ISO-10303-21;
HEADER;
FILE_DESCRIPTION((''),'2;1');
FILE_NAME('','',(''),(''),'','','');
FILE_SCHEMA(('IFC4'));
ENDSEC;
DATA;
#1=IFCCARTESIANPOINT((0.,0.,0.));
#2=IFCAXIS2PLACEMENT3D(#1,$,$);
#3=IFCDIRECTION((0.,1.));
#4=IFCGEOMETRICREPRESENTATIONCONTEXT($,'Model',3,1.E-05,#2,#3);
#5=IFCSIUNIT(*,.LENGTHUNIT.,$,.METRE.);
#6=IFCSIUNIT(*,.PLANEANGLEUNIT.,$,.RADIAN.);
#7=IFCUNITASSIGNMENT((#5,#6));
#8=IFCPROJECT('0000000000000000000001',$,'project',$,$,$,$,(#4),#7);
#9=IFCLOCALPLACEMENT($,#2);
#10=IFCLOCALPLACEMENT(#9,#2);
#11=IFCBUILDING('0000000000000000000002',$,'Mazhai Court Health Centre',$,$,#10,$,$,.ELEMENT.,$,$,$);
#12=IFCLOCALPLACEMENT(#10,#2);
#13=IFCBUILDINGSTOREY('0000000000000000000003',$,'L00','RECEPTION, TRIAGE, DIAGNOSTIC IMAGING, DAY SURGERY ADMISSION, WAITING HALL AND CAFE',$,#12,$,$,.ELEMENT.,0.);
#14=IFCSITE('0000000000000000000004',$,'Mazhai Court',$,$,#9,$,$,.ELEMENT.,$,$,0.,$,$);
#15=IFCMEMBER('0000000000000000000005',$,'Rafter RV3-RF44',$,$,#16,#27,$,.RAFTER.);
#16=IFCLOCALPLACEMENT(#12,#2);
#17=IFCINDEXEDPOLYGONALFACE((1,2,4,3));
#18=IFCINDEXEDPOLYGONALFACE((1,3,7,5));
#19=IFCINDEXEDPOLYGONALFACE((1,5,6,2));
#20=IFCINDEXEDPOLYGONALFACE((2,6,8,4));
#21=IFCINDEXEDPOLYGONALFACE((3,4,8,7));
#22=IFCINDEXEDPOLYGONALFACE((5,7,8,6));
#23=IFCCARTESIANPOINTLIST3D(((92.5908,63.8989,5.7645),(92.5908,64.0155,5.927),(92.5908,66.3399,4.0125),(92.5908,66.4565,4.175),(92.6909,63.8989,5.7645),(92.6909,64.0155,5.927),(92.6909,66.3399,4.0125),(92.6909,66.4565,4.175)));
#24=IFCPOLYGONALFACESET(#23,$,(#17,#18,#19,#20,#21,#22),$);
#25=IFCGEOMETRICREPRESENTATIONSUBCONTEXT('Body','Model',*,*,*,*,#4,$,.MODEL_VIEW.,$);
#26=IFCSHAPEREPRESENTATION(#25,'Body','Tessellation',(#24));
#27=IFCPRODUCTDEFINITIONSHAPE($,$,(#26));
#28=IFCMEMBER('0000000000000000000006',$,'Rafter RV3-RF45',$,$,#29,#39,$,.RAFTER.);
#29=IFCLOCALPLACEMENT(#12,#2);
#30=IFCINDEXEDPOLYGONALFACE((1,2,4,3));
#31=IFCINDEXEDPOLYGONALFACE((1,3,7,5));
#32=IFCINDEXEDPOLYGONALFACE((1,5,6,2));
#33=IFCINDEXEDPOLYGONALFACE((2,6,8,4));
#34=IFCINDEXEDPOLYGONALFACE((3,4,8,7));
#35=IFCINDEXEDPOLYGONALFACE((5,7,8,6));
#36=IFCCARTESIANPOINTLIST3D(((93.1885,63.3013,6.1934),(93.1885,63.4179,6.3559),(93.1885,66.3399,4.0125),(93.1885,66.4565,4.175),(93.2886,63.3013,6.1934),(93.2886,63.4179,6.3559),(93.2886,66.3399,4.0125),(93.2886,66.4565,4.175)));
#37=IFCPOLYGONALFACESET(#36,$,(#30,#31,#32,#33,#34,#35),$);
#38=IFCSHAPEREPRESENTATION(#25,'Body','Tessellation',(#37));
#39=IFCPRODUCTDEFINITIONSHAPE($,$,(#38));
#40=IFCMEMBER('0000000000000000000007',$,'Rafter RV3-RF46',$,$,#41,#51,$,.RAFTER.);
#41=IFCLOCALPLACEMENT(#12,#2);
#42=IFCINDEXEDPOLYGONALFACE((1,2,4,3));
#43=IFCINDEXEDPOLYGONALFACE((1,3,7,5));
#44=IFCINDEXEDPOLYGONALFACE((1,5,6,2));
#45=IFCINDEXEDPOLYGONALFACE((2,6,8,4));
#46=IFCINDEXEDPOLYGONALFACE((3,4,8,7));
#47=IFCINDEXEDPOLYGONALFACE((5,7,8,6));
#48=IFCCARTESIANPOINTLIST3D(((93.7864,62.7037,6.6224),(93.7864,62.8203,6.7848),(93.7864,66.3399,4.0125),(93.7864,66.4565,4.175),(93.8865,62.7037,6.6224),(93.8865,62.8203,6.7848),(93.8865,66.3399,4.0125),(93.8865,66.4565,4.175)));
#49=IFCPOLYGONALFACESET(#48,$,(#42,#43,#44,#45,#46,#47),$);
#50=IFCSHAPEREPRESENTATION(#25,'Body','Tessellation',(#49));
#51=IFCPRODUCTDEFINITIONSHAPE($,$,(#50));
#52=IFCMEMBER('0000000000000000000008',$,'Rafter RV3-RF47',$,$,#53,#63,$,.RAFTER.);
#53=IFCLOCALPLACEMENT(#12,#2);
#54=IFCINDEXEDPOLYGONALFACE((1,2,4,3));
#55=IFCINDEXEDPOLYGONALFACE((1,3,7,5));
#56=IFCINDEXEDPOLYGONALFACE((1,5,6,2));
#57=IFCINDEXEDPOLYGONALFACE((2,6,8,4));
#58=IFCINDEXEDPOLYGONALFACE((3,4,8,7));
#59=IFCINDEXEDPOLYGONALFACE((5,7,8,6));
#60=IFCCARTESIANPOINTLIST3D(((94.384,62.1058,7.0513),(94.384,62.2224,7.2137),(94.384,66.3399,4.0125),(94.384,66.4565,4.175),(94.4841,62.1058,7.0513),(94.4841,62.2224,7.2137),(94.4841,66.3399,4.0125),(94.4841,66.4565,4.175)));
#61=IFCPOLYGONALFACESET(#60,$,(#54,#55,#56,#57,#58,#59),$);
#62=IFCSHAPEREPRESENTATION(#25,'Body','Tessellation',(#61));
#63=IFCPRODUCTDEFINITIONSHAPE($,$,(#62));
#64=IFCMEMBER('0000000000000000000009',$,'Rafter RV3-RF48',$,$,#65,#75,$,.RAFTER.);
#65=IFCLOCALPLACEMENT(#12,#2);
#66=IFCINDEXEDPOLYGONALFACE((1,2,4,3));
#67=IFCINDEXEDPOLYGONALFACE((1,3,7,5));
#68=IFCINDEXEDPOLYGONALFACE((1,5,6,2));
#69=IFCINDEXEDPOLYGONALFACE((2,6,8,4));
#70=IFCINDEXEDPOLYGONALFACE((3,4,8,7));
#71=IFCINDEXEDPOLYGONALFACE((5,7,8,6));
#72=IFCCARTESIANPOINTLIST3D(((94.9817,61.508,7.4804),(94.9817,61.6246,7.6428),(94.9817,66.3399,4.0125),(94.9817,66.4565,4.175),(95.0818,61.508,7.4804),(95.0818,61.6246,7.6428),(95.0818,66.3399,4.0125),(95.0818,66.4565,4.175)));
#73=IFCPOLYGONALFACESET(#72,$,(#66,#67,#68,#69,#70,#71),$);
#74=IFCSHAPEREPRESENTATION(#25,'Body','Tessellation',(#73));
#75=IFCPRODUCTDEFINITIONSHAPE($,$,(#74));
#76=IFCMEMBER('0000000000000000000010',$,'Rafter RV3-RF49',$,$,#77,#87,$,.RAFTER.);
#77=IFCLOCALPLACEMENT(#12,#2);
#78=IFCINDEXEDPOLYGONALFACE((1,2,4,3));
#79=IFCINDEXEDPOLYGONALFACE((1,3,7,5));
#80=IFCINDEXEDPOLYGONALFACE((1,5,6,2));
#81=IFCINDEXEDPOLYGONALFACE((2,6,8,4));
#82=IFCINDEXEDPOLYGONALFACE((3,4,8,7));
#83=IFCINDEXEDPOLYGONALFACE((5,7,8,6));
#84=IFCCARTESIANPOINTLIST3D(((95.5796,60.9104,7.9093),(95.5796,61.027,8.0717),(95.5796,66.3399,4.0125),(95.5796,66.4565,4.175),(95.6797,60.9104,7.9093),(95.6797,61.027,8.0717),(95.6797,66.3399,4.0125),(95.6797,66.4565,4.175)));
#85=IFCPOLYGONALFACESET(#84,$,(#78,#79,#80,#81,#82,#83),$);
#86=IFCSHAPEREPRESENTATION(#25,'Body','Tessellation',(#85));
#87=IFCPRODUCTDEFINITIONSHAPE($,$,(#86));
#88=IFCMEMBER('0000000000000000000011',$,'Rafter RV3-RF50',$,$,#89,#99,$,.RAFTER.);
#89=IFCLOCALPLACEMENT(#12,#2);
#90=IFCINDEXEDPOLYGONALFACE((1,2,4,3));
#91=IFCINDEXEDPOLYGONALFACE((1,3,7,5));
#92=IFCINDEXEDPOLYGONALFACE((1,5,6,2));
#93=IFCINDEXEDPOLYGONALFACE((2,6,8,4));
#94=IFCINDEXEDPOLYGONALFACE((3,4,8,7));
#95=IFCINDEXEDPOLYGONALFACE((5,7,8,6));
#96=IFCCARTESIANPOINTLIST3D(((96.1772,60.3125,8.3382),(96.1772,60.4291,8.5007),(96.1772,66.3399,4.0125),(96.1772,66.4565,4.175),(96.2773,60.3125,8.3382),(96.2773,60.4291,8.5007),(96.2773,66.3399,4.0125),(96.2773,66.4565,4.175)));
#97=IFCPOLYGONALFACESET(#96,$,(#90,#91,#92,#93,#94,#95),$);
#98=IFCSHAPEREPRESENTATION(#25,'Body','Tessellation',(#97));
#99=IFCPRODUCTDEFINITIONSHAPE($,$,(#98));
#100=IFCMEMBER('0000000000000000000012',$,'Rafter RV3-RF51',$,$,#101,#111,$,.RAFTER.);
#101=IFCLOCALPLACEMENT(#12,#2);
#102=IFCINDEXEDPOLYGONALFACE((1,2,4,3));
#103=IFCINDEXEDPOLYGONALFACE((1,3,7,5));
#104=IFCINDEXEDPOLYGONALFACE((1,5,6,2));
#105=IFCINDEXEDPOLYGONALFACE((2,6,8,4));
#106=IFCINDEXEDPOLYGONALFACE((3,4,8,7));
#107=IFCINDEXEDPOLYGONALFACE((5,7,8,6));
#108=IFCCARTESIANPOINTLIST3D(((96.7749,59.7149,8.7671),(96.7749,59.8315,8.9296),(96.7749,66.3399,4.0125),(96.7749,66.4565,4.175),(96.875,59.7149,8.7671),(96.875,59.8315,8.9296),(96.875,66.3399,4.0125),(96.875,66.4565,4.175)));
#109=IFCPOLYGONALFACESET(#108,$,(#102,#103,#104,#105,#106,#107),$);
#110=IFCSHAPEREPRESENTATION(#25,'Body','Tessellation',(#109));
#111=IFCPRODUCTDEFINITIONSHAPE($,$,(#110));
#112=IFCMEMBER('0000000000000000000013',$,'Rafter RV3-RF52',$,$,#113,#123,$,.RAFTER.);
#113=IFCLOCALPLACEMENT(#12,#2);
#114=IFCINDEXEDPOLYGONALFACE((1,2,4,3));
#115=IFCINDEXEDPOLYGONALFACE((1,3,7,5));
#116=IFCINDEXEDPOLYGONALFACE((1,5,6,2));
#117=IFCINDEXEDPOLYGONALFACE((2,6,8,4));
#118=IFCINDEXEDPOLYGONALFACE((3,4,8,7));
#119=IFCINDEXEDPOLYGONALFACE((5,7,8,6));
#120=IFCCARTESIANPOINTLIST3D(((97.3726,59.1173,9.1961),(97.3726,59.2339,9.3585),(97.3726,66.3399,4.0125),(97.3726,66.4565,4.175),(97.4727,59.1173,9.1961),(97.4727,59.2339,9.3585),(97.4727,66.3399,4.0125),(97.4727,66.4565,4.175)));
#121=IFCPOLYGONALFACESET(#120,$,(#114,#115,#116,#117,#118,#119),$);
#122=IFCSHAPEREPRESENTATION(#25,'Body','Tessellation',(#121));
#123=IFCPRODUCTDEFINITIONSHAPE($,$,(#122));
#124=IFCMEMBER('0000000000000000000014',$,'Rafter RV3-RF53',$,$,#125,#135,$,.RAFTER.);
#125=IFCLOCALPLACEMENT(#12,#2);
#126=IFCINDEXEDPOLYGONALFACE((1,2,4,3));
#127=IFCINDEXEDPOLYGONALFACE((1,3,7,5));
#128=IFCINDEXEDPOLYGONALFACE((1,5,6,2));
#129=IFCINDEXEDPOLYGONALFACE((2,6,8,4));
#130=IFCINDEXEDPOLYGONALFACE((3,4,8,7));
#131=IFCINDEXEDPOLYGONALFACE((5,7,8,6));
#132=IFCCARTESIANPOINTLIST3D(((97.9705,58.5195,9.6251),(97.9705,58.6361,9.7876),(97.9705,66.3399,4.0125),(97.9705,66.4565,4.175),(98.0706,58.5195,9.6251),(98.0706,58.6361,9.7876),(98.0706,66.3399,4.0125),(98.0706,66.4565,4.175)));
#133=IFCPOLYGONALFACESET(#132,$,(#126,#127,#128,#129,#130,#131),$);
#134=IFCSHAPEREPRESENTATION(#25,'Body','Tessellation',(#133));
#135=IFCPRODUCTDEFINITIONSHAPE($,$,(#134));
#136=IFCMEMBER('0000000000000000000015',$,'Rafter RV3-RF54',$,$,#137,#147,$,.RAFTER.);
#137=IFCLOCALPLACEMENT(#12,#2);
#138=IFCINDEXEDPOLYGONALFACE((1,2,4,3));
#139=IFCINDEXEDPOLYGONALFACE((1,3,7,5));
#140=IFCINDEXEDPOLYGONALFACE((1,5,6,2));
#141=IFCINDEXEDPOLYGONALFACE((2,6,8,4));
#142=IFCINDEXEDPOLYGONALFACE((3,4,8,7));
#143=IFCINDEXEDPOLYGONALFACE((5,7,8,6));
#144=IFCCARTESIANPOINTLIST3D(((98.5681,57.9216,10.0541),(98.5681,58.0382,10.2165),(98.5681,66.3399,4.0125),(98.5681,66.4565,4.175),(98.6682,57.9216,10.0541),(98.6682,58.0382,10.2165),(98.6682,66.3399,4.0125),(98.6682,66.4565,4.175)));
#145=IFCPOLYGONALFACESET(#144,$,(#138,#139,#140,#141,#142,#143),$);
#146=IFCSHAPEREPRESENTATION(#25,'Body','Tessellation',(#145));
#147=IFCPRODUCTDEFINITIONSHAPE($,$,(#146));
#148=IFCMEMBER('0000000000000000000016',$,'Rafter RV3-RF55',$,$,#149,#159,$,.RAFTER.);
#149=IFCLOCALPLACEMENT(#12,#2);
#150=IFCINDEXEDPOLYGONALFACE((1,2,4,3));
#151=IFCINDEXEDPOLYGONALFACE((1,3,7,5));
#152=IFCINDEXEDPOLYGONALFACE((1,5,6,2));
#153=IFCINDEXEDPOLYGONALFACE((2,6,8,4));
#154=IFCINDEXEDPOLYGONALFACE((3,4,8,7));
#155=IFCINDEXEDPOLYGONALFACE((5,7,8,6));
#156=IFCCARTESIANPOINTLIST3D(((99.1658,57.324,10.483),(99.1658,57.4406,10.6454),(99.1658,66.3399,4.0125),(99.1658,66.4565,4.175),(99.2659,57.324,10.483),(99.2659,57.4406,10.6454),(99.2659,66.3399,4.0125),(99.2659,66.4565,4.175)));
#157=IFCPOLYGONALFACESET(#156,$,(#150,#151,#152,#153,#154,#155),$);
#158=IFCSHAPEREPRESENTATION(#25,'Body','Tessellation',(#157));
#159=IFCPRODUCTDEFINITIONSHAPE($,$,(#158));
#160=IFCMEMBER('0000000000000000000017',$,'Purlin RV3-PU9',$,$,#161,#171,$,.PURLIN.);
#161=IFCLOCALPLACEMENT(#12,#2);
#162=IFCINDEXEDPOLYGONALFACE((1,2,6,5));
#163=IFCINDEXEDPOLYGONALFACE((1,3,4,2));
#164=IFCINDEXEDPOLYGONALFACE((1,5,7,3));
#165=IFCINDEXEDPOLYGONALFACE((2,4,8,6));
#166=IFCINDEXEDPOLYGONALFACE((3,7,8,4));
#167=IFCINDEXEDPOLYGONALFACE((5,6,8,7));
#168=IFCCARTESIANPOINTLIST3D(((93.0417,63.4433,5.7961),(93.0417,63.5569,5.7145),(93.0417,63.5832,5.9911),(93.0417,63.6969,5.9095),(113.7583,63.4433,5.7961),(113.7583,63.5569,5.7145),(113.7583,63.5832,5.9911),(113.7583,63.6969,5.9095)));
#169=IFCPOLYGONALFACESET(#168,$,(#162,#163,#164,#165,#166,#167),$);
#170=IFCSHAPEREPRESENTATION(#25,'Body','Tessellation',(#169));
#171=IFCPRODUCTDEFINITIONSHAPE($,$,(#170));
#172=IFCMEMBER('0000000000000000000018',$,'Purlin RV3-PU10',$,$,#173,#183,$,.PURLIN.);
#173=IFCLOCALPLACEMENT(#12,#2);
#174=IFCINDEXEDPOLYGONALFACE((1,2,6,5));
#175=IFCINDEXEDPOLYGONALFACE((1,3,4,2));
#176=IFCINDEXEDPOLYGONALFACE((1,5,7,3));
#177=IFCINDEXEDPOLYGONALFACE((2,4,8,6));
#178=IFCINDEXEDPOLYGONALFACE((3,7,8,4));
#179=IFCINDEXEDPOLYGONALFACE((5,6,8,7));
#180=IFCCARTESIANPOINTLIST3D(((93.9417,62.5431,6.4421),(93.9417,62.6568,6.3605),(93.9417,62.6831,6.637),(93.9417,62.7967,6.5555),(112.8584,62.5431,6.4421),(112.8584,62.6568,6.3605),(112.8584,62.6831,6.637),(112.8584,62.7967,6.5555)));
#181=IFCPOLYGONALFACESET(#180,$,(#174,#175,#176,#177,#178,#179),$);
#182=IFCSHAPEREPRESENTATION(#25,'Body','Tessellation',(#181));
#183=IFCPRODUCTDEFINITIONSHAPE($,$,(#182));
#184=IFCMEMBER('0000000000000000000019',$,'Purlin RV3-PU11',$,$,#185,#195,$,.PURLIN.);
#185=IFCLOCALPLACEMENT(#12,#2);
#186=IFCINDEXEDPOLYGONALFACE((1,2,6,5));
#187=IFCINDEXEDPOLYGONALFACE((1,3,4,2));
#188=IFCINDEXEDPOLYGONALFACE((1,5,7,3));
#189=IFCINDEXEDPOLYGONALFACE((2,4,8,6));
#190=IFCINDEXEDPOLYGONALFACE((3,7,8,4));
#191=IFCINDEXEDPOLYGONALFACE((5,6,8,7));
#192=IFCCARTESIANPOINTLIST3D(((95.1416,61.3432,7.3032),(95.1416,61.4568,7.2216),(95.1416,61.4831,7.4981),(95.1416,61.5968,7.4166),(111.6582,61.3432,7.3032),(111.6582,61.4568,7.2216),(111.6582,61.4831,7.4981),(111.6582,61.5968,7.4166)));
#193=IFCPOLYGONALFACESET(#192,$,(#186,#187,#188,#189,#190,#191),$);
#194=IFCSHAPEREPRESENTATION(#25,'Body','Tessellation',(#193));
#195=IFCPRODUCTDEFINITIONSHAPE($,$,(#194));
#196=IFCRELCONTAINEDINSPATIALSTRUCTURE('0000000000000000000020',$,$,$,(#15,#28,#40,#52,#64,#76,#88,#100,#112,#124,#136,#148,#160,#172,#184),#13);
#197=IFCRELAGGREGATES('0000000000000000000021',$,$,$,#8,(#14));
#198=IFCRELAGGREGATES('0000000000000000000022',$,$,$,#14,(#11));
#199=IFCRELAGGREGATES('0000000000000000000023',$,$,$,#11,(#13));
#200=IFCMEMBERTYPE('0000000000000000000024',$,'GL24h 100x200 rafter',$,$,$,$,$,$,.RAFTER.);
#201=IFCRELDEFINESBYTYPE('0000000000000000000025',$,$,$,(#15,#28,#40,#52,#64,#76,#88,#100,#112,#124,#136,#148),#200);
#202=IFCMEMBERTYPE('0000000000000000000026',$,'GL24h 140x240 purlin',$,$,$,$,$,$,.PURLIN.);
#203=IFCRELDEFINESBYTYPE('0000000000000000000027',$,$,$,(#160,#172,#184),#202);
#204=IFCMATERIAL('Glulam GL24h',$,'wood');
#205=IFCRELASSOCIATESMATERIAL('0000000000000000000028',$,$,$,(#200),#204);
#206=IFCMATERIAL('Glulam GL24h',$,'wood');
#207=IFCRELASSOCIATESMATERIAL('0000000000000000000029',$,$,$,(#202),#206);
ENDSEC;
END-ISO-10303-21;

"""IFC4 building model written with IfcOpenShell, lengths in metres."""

from ifc_helpers import new_model, si_unit, direction, frame, origin, origin_2d, place, context, subcontext, project, spatial, rectangle, extrude, material, material_profile, profile_set, type_object, element, save


model = new_model("IFC4")

# Units and contexts
model_context = context("Model", 3, precision=1e-05, world=origin(), true_north=direction((0.0, 1.0)))
body_context = subcontext(model_context, "Body", "Model", "MODEL_VIEW")
ifc_project = project(units=[si_unit("LENGTHUNIT", "METRE"), si_unit("PLANEANGLEUNIT", "RADIAN")], contexts=[model_context])

# Site, building, storey
site_placement = place(None, origin())
site = spatial("IfcSite", under=ifc_project, at=site_placement, Name="Mazhai Court", CompositionType="ELEMENT", RefElevation=0.0)
building_placement = place(site_placement, origin())
building = spatial("IfcBuilding", under=site, at=building_placement, Name="Mazhai Court Health Centre", CompositionType="ELEMENT")
storey_placement = place(building_placement, origin())
storey = spatial("IfcBuildingStorey", under=building, at=storey_placement, Name="L00", Description="RECEPTION, TRIAGE, DIAGNOSTIC IMAGING, DAY SURGERY ADMISSION, WAITING HALL AND CAFE", CompositionType="ELEMENT", Elevation=0.0)

# Members
ifc_material_1 = material(Name="Glulam GL24h", Category="wood")
ifc_material_profile_1 = material_profile(ifc_material_1, rectangle(XDim=0.1001, YDim=0.2, at=origin_2d()), Name="GL24h 100x200")
ifc_profile_set_1 = profile_set([ifc_material_profile_1], Name="Glulam GL24h")
member_type_1 = type_object("IfcMemberType", Name="GL24h 100x200 rafter", PredefinedType="RAFTER", material=ifc_profile_set_1)
member_1_placement = place(storey_placement, frame((92.6409, 66.3982, 4.0938), z_axis=(0.0, -0.812403, 0.583097), x_axis=(1.0, 0.0, 0.0)))
element("IfcMember", 1, at=member_1_placement, inside=storey, type_object=member_type_1, Name="Rafter RV3-RF44", PredefinedType="RAFTER", context=body_context, shape_type="SweptSolid", body=[
    extrude(rectangle(XDim=0.1001, YDim=0.2, at=origin_2d()), origin(), (0.0, 0.0, 1.0), 3.0046),
])
member_2_placement = place(storey_placement, frame((93.2385, 66.3982, 4.0938), z_axis=(0.0, -0.812404, 0.583095), x_axis=(1.0, 0.0, 0.0)))
element("IfcMember", 2, at=member_2_placement, inside=storey, type_object=member_type_1, Name="Rafter RV3-RF45", PredefinedType="RAFTER", context=body_context, shape_type="SweptSolid", body=[
    extrude(rectangle(XDim=0.1001, YDim=0.2, at=origin_2d()), origin(), (0.0, 0.0, 1.0), 3.7402),
])
member_3_placement = place(storey_placement, frame((93.8364, 66.3982, 4.0938), z_axis=(0.0, -0.812405, 0.583094), x_axis=(1.0, 0.0, 0.0)))
element("IfcMember", 3, at=member_3_placement, inside=storey, type_object=member_type_1, Name="Rafter RV3-RF46", PredefinedType="RAFTER", context=body_context, shape_type="SweptSolid", body=[
    extrude(rectangle(XDim=0.1001, YDim=0.2, at=origin_2d()), origin(), (0.0, 0.0, 1.0), 4.4758),
])
member_4_placement = place(storey_placement, frame((94.4341, 66.3982, 4.0938), z_axis=(0.0, -0.812421, 0.583071), x_axis=(1.0, 0.0, 0.0)))
element("IfcMember", 4, at=member_4_placement, inside=storey, type_object=member_type_1, Name="Rafter RV3-RF47", PredefinedType="RAFTER", context=body_context, shape_type="SweptSolid", body=[
    extrude(rectangle(XDim=0.1001, YDim=0.2, at=origin_2d()), origin(), (0.0, 0.0, 1.0), 5.2117),
])
member_5_placement = place(storey_placement, frame((95.0317, 66.3982, 4.0938), z_axis=(0.0, -0.812419, 0.583073), x_axis=(1.0, 0.0, 0.0)))
element("IfcMember", 5, at=member_5_placement, inside=storey, type_object=member_type_1, Name="Rafter RV3-RF48", PredefinedType="RAFTER", context=body_context, shape_type="SweptSolid", body=[
    extrude(rectangle(XDim=0.1001, YDim=0.2, at=origin_2d()), origin(), (0.0, 0.0, 1.0), 5.9475),
])
member_6_placement = place(storey_placement, frame((95.6296, 66.3982, 4.0938), z_axis=(0.0, -0.812418, 0.583075), x_axis=(1.0, 0.0, 0.0)))
element("IfcMember", 6, at=member_6_placement, inside=storey, type_object=member_type_1, Name="Rafter RV3-RF49", PredefinedType="RAFTER", context=body_context, shape_type="SweptSolid", body=[
    extrude(rectangle(XDim=0.1001, YDim=0.2, at=origin_2d()), origin(), (0.0, 0.0, 1.0), 6.6831),
])
member_7_placement = place(storey_placement, frame((96.2273, 66.3982, 4.0938), z_axis=(0.0, -0.812428, 0.583061), x_axis=(1.0, 0.0, 0.0)))
element("IfcMember", 7, at=member_7_placement, inside=storey, type_object=member_type_1, Name="Rafter RV3-RF50", PredefinedType="RAFTER", context=body_context, shape_type="SweptSolid", body=[
    extrude(rectangle(XDim=0.1001, YDim=0.2, at=origin_2d()), origin(), (0.0, 0.0, 1.0), 7.4189),
])
member_8_placement = place(storey_placement, frame((96.825, 66.3982, 4.0938), z_axis=(0.0, -0.812427, 0.583063), x_axis=(1.0, 0.0, 0.0)))
element("IfcMember", 8, at=member_8_placement, inside=storey, type_object=member_type_1, Name="Rafter RV3-RF51", PredefinedType="RAFTER", context=body_context, shape_type="SweptSolid", body=[
    extrude(rectangle(XDim=0.1001, YDim=0.2, at=origin_2d()), origin(), (0.0, 0.0, 1.0), 8.1545),
])
member_9_placement = place(storey_placement, frame((97.4226, 66.3982, 4.0938), z_axis=(0.0, -0.812425, 0.583066), x_axis=(1.0, 0.0, 0.0)))
element("IfcMember", 9, at=member_9_placement, inside=storey, type_object=member_type_1, Name="Rafter RV3-RF52", PredefinedType="RAFTER", context=body_context, shape_type="SweptSolid", body=[
    extrude(rectangle(XDim=0.1001, YDim=0.2, at=origin_2d()), origin(), (0.0, 0.0, 1.0), 8.8901),
])
member_10_placement = place(storey_placement, frame((98.0205, 66.3982, 4.0938), z_axis=(0.0, -0.812424, 0.583067), x_axis=(1.0, 0.0, 0.0)))
element("IfcMember", 10, at=member_10_placement, inside=storey, type_object=member_type_1, Name="Rafter RV3-RF53", PredefinedType="RAFTER", context=body_context, shape_type="SweptSolid", body=[
    extrude(rectangle(XDim=0.1001, YDim=0.2, at=origin_2d()), origin(), (0.0, 0.0, 1.0), 9.626),
])
member_11_placement = place(storey_placement, frame((98.6182, 66.3982, 4.0938), z_axis=(0.0, -0.812431, 0.583058), x_axis=(1.0, 0.0, 0.0)))
element("IfcMember", 11, at=member_11_placement, inside=storey, type_object=member_type_1, Name="Rafter RV3-RF54", PredefinedType="RAFTER", context=body_context, shape_type="SweptSolid", body=[
    extrude(rectangle(XDim=0.1001, YDim=0.2, at=origin_2d()), origin(), (0.0, 0.0, 1.0), 10.3618),
])
member_12_placement = place(storey_placement, frame((99.2158, 66.3982, 4.0938), z_axis=(0.0, -0.812429, 0.58306), x_axis=(1.0, 0.0, 0.0)))
element("IfcMember", 12, at=member_12_placement, inside=storey, type_object=member_type_1, Name="Rafter RV3-RF55", PredefinedType="RAFTER", context=body_context, shape_type="SweptSolid", body=[
    extrude(rectangle(XDim=0.1001, YDim=0.2, at=origin_2d()), origin(), (0.0, 0.0, 1.0), 11.0974),
])
ifc_material_2 = material(Name="Glulam GL24h", Category="wood")
ifc_material_profile_2 = material_profile(ifc_material_2, rectangle(XDim=0.1399, YDim=0.24, at=origin_2d()), Name="GL24h 140x240")
ifc_profile_set_2 = profile_set([ifc_material_profile_2], Name="Glulam GL24h")
member_type_2 = type_object("IfcMemberType", Name="GL24h 140x240 purlin", PredefinedType="PURLIN", material=ifc_profile_set_2)
member_13_placement = place(storey_placement, frame((93.0417, 63.5701, 5.8528), z_axis=(1.0, 0.0, 0.0), x_axis=(0.0, 0.812431, -0.583057)))
element("IfcMember", 13, at=member_13_placement, inside=storey, type_object=member_type_2, Name="Purlin RV3-PU9", PredefinedType="PURLIN", context=body_context, shape_type="SweptSolid", body=[
    extrude(rectangle(XDim=0.1399, YDim=0.24, at=origin_2d()), origin(), (0.0, 0.0, 1.0), 20.7166),
])
member_14_placement = place(storey_placement, frame((93.9417, 62.6699, 6.4988), z_axis=(1.0, 0.0, 0.0), x_axis=(0.0, 0.812431, -0.583057)))
element("IfcMember", 14, at=member_14_placement, inside=storey, type_object=member_type_2, Name="Purlin RV3-PU10", PredefinedType="PURLIN", context=body_context, shape_type="SweptSolid", body=[
    extrude(rectangle(XDim=0.1399, YDim=0.24, at=origin_2d()), origin(), (0.0, 0.0, 1.0), 18.9167),
])
member_15_placement = place(storey_placement, frame((95.1416, 61.47, 7.3599), z_axis=(1.0, 0.0, 0.0), x_axis=(0.0, 0.812431, -0.583057)))
element("IfcMember", 15, at=member_15_placement, inside=storey, type_object=member_type_2, Name="Purlin RV3-PU11", PredefinedType="PURLIN", context=body_context, shape_type="SweptSolid", body=[
    extrude(rectangle(XDim=0.1399, YDim=0.24, at=origin_2d()), origin(), (0.0, 0.0, 1.0), 16.5166),
])

save(model, "model.ifc")
